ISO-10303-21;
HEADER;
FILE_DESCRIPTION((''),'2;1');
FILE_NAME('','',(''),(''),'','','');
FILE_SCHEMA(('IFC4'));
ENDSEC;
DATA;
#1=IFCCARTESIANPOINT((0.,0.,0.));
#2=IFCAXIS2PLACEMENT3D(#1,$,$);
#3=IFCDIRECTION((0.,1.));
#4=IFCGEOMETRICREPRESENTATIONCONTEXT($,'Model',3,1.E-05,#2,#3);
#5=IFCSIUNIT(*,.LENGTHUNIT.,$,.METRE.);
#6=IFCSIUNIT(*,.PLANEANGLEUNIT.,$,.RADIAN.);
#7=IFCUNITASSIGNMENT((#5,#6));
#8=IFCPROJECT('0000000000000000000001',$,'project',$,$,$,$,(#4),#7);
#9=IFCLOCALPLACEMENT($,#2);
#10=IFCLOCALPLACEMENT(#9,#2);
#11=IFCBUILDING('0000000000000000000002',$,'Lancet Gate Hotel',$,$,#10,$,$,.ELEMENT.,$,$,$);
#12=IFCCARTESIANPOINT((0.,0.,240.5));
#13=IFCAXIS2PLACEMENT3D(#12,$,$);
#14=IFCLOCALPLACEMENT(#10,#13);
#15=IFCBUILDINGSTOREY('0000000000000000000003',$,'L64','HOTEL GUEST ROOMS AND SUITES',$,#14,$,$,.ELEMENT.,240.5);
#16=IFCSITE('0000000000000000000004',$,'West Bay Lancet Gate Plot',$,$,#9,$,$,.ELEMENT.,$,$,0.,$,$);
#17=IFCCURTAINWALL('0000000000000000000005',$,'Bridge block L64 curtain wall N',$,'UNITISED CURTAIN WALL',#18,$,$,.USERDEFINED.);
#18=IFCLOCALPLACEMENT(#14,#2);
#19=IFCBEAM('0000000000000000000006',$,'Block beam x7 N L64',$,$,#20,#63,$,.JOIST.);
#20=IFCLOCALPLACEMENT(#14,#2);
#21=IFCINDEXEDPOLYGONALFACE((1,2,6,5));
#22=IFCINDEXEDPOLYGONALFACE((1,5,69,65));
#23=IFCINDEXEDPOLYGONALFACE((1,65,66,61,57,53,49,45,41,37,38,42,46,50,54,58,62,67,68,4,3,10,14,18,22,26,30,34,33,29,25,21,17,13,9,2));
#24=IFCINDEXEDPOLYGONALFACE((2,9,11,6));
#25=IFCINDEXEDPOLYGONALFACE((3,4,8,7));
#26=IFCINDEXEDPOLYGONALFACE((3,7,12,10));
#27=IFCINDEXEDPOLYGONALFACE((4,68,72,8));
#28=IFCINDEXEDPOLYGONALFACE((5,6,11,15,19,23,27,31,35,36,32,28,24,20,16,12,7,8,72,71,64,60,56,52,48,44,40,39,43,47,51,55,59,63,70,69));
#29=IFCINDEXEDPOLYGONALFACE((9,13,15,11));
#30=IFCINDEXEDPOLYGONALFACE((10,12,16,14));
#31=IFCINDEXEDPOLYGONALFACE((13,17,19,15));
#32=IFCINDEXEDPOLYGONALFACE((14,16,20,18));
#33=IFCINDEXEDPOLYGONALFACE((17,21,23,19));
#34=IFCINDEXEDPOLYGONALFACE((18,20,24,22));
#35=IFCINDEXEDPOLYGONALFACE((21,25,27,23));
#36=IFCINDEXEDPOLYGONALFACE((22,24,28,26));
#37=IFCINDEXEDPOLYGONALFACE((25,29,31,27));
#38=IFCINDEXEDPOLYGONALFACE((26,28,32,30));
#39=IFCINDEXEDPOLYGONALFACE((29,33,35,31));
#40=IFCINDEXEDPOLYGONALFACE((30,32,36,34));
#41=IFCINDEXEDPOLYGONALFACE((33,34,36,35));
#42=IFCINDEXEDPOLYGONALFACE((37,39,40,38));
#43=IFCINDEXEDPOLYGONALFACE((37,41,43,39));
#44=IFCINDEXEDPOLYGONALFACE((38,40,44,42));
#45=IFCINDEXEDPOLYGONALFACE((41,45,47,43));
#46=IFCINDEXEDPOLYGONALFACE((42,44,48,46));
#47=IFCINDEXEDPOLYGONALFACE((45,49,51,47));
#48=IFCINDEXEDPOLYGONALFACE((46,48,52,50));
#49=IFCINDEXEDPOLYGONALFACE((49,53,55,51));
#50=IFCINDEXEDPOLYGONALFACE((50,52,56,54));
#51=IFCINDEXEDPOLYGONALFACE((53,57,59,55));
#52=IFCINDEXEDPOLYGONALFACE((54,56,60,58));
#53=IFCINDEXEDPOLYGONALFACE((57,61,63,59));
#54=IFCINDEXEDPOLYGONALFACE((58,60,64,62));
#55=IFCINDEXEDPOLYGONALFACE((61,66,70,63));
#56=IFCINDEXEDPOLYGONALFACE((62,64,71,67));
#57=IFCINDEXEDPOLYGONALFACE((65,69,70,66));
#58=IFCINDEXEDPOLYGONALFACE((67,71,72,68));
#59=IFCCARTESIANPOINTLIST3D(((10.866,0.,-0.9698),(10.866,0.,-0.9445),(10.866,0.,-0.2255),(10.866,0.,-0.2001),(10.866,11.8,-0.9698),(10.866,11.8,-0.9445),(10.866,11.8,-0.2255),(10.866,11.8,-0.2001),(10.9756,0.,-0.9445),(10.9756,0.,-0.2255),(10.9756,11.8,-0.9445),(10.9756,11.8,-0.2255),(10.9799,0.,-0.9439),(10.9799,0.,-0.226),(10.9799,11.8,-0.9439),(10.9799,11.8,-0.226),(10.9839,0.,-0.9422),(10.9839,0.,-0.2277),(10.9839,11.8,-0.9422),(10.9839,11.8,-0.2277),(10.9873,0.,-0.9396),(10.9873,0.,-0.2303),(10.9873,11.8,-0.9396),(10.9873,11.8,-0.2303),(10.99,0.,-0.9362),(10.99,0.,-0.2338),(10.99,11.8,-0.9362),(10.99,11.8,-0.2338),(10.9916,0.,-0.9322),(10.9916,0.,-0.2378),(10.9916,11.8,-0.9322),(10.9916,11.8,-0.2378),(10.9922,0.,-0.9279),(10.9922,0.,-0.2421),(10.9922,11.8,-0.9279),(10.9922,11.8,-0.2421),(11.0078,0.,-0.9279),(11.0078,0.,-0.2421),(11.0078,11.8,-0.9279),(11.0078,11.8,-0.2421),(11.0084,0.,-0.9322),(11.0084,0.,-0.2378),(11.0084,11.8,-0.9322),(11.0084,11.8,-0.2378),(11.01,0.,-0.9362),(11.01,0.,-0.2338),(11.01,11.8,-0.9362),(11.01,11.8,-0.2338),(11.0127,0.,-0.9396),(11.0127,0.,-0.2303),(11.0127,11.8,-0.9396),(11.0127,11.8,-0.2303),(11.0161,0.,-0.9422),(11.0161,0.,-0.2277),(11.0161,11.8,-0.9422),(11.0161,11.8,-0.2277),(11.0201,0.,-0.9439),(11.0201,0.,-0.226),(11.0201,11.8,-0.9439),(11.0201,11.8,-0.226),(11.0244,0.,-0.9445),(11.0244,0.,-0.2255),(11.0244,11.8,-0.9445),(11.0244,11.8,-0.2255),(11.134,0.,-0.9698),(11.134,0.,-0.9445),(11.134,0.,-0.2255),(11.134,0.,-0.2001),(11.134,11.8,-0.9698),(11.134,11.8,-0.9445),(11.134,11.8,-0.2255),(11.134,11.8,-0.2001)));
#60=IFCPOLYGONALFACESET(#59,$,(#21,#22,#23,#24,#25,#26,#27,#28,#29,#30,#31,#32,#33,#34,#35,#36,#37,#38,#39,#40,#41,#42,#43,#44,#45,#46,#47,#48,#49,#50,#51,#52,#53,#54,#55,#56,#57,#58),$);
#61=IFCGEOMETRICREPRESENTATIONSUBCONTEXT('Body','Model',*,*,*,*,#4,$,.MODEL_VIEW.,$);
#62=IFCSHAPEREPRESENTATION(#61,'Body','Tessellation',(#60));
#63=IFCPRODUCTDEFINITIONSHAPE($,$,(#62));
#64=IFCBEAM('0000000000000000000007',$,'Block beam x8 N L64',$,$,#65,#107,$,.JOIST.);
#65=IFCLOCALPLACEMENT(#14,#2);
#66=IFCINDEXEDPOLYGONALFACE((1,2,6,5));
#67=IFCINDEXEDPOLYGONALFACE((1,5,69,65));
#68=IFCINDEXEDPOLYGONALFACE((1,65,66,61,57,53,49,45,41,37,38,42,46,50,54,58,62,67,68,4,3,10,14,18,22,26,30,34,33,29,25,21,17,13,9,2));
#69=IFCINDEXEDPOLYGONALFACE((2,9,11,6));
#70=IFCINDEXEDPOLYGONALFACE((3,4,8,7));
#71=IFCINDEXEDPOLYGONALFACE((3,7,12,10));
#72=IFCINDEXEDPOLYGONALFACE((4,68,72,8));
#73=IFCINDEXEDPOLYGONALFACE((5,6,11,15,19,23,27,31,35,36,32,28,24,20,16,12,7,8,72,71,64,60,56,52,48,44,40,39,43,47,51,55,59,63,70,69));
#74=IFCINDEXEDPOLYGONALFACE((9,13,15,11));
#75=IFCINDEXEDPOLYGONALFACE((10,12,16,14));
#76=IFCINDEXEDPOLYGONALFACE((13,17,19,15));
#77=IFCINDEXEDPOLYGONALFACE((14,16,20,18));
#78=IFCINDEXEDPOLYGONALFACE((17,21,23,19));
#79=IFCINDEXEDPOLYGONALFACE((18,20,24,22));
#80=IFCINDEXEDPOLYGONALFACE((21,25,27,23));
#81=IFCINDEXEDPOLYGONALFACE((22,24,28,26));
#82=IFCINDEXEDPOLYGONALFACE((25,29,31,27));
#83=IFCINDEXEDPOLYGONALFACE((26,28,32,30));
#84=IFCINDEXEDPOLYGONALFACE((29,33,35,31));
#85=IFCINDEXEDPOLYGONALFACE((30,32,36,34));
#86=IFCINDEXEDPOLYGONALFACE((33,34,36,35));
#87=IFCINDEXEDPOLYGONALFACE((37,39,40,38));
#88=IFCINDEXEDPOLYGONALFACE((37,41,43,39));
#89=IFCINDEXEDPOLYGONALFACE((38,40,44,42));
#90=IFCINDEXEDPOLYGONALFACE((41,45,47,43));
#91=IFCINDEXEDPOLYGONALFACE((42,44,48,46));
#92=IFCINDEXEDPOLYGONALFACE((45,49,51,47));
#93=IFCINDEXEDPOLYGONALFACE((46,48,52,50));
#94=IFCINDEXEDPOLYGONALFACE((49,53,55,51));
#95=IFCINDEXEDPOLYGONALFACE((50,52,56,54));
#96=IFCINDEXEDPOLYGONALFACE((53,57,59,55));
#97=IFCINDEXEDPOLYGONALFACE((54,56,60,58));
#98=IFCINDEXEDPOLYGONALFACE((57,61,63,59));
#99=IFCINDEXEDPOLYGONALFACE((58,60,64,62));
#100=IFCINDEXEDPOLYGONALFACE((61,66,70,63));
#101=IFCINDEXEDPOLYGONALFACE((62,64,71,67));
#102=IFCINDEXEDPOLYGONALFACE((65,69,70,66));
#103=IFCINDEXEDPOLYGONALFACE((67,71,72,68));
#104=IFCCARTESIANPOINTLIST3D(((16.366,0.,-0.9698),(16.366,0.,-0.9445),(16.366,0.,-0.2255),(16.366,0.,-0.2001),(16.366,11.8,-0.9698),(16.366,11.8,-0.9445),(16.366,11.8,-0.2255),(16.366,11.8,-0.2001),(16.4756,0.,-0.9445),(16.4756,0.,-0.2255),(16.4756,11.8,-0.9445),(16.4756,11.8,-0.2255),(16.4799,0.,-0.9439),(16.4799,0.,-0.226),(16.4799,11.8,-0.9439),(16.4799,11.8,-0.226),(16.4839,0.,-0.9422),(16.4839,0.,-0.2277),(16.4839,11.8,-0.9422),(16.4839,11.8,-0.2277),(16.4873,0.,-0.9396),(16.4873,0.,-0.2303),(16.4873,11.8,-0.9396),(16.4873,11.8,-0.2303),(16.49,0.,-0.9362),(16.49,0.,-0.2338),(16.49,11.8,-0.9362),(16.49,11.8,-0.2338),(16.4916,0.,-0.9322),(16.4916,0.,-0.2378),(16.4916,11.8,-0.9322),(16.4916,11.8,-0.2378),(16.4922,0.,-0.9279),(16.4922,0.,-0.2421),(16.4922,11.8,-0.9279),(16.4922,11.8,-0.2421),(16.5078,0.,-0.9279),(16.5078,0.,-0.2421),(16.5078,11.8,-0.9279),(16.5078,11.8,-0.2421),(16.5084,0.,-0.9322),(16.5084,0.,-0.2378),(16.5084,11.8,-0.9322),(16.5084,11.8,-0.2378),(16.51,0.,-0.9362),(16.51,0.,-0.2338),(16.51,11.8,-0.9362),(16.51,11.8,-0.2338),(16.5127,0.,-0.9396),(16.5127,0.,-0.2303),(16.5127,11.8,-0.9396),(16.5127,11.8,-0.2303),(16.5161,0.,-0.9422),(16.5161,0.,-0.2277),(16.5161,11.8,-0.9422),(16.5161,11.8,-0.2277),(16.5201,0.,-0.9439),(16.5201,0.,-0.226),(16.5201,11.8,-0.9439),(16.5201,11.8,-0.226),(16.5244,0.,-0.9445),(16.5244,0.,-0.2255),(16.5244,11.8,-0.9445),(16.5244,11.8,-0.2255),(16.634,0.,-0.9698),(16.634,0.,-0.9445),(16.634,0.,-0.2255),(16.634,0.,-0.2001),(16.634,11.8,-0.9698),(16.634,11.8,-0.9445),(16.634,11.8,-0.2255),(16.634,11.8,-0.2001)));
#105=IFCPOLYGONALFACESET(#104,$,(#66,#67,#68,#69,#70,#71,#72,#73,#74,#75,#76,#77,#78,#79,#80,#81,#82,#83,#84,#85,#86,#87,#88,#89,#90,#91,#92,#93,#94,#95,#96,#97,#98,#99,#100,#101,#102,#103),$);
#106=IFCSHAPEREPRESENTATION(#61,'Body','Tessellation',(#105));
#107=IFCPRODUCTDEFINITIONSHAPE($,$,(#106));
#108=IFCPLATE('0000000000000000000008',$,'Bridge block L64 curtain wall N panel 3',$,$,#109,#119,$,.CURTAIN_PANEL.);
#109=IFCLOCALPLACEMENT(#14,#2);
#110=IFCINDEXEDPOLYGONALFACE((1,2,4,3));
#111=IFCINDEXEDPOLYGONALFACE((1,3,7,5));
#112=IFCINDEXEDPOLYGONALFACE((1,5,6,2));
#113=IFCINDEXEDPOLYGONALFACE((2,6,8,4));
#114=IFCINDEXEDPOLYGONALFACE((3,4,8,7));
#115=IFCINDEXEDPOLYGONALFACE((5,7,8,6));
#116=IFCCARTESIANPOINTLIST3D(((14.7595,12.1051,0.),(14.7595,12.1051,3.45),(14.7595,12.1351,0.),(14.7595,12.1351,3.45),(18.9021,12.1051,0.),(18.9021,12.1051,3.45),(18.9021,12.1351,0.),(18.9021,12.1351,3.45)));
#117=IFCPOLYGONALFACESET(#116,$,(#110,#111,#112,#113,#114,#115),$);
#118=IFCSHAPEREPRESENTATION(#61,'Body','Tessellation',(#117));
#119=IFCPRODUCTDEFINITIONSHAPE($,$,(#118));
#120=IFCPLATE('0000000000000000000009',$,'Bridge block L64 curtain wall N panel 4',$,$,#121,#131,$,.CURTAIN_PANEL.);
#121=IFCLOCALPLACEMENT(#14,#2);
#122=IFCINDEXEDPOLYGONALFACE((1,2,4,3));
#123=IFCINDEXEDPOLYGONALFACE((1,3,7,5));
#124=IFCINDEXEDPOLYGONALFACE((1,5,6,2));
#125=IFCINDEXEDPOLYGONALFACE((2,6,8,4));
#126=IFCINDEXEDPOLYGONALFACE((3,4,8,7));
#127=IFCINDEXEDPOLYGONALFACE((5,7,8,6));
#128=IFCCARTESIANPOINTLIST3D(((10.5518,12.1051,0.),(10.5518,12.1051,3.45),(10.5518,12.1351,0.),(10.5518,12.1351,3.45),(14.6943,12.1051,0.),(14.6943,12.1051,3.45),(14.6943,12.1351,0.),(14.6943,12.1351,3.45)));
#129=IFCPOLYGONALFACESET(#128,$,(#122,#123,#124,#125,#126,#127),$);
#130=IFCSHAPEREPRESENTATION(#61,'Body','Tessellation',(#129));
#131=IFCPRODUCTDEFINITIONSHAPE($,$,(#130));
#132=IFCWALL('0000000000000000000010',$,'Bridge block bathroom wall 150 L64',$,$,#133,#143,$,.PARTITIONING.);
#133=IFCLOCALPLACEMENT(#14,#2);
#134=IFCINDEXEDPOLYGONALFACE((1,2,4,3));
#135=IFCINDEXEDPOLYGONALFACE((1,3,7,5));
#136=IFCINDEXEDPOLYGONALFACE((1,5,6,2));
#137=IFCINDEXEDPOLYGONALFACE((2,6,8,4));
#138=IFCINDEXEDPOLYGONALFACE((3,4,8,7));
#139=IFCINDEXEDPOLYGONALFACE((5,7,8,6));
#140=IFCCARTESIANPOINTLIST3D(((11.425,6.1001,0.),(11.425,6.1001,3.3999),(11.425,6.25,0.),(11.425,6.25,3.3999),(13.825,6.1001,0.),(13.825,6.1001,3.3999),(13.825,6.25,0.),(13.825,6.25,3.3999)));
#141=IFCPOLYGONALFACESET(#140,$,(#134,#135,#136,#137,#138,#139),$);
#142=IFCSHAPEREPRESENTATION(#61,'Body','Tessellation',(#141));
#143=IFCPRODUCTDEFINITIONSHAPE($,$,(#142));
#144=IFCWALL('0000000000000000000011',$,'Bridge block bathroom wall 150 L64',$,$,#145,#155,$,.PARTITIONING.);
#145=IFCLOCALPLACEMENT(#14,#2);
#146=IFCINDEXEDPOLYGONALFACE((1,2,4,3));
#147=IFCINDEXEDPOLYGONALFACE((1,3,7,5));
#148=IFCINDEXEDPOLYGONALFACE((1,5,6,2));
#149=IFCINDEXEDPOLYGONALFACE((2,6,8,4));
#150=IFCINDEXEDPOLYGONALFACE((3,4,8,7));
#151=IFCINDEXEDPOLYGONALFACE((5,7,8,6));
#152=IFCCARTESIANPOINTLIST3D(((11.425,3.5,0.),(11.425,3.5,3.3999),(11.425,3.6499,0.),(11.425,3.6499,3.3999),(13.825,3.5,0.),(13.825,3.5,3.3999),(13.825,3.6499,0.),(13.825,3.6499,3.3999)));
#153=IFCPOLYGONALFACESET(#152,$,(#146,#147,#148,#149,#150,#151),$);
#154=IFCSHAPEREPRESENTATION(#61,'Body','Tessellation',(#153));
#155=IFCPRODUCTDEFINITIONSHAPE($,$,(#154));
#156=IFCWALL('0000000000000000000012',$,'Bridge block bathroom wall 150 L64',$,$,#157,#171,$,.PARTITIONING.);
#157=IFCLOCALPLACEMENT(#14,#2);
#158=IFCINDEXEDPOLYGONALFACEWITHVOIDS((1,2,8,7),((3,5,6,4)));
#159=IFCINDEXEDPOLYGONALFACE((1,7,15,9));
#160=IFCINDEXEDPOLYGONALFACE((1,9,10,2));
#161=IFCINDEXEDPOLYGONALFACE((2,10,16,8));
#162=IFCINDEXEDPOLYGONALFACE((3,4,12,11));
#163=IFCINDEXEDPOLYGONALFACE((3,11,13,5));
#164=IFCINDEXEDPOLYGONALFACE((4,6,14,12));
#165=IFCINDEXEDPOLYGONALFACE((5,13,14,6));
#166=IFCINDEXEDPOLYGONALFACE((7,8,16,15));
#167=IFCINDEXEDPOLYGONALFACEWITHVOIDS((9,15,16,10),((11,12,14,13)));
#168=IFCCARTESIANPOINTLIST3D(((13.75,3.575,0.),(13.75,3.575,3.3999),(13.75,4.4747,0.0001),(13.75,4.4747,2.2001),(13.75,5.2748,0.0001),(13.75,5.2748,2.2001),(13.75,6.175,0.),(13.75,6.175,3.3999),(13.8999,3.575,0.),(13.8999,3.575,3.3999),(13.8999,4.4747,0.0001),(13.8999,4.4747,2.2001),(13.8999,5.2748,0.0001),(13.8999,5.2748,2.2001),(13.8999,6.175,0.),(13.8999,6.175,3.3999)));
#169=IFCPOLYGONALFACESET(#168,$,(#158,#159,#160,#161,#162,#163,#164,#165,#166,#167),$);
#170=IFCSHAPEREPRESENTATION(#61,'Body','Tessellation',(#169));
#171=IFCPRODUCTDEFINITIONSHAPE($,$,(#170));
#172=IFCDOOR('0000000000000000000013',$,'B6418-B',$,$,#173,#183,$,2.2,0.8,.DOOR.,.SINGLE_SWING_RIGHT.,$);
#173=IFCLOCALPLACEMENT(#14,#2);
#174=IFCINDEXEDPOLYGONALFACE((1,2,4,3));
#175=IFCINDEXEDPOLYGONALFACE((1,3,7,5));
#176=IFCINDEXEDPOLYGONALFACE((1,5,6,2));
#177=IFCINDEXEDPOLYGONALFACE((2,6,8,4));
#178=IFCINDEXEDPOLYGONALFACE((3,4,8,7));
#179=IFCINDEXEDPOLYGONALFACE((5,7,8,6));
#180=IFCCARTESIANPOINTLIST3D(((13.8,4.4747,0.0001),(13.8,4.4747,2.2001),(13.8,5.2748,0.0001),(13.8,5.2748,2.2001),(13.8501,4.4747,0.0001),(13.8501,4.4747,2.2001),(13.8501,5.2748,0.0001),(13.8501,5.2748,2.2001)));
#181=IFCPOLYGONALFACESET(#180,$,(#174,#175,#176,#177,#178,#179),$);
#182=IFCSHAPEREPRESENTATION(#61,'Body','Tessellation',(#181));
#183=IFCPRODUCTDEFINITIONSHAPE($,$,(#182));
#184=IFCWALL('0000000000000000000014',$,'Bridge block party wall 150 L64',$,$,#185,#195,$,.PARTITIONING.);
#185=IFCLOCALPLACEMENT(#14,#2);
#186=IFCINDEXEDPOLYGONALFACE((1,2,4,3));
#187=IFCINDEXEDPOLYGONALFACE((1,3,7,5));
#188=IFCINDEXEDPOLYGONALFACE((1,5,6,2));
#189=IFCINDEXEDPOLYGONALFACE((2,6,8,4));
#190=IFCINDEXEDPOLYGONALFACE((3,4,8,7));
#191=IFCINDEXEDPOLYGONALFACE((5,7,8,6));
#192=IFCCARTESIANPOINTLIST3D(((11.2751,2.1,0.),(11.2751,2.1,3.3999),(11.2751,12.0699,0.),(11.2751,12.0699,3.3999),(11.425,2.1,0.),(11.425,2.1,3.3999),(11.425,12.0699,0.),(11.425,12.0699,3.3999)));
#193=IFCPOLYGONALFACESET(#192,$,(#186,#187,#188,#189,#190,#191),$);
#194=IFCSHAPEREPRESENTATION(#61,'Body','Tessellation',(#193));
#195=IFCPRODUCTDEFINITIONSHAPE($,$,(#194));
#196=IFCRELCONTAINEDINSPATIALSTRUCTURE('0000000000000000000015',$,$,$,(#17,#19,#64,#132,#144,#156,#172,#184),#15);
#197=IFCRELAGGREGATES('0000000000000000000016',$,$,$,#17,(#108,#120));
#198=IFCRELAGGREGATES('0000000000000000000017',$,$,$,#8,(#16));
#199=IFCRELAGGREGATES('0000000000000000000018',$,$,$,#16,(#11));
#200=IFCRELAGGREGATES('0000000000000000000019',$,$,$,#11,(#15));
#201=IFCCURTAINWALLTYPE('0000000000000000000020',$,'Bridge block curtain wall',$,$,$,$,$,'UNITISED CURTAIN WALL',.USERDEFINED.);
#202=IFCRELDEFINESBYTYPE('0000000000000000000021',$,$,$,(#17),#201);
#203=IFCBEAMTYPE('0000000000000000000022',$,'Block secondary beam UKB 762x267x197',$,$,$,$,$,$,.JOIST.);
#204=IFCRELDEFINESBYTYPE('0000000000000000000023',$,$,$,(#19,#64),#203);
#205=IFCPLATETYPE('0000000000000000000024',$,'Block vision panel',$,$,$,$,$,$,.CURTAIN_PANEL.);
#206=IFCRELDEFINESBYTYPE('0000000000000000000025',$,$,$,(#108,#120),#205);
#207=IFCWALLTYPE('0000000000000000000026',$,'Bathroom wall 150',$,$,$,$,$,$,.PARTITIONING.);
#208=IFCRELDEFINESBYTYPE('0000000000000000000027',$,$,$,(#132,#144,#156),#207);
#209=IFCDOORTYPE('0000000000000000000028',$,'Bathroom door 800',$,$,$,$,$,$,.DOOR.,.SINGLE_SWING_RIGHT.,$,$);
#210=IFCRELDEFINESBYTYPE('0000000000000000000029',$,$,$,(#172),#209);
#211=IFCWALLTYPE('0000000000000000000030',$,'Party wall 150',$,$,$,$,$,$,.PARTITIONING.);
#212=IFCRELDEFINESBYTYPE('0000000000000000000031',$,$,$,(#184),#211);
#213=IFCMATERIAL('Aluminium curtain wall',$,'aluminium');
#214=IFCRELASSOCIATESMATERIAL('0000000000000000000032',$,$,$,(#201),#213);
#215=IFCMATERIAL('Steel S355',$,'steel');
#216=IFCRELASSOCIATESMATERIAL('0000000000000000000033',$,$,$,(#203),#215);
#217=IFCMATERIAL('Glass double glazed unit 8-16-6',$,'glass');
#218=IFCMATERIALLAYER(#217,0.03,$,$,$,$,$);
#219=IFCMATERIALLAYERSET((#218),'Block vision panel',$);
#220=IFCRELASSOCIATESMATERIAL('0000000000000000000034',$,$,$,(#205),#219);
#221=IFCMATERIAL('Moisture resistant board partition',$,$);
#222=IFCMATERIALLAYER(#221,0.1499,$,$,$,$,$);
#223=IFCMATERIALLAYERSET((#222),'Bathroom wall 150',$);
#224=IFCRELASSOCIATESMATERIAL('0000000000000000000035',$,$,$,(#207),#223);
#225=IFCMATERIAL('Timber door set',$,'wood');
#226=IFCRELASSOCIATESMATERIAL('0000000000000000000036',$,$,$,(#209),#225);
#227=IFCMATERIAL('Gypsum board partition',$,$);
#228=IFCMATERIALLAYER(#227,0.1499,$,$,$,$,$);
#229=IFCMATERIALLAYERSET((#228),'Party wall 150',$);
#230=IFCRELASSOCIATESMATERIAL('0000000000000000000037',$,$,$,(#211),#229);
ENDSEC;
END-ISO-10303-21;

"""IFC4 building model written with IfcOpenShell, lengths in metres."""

from ifc_helpers import new_model, si_unit, direction, frame, frame_2d, origin, origin_2d, place, context, subcontext, project, spatial, rectangle, i_section, extrude, material, layer, layer_set, material_profile, profile_set, type_object, element, fill, aggregate, save


model = new_model("IFC4")

# Units and contexts
model_context = context("Model", 3, precision=1e-05, world=origin(), true_north=direction((0.0, 1.0)))
body_context = subcontext(model_context, "Body", "Model", "MODEL_VIEW")
ifc_project = project(units=[si_unit("LENGTHUNIT", "METRE"), si_unit("PLANEANGLEUNIT", "RADIAN")], contexts=[model_context])

# Site, building, storey
site_placement = place(None, origin())
site = spatial("IfcSite", under=ifc_project, at=site_placement, Name="West Bay Lancet Gate Plot", CompositionType="ELEMENT", RefElevation=0.0)
building_placement = place(site_placement, origin())
building = spatial("IfcBuilding", under=site, at=building_placement, Name="Lancet Gate Hotel", CompositionType="ELEMENT")
storey_placement = place(building_placement, frame((0.0, 0.0, 240.5)))
storey = spatial("IfcBuildingStorey", under=building, at=storey_placement, Name="L64", Description="HOTEL GUEST ROOMS AND SUITES", CompositionType="ELEMENT", Elevation=240.5)

# Curtain wall
ifc_material_1 = material(Name="Aluminium curtain wall", Category="aluminium")
curtain_wall_type = type_object("IfcCurtainWallType", Name="Bridge block curtain wall", ElementType="UNITISED CURTAIN WALL", PredefinedType="USERDEFINED", material=ifc_material_1)
curtain_wall_placement = place(storey_placement, origin())
curtain_wall = element("IfcCurtainWall", 1, at=curtain_wall_placement, inside=storey, type_object=curtain_wall_type, Name="Bridge block L64 curtain wall N", ObjectType="UNITISED CURTAIN WALL", PredefinedType="USERDEFINED")

# Beams
ifc_material_2 = material(Name="Steel S355", Category="steel")
ifc_material_profile_1 = material_profile(ifc_material_2, i_section(OverallWidth=0.2681, OverallDepth=0.7698, WebThickness=0.0156, FlangeThickness=0.0254, FilletRadius=0.0166, at=origin_2d()), Name="UKB 762x267x197")
ifc_profile_set_1 = profile_set([ifc_material_profile_1], Name="Steel S355")
beam_type_1 = type_object("IfcBeamType", Name="Block secondary beam UKB 762x267x197", PredefinedType="JOIST", material=ifc_profile_set_1)
for number, where, z_axis, x_axis, name in (
    (2, (11.0, 0.0, -0.585), (0.0, 1.0, 0.0), (-1.0, 0.0, 0.0), "Block beam x7 N L64"),
    (3, (16.5, 0.0, -0.585), (0.0, 1.0, 0.0), (-1.0, 0.0, 0.0), "Block beam x8 N L64"),
):
    element("IfcBeam", number, at=place(storey_placement, frame(where, z_axis=z_axis, x_axis=x_axis)), inside=storey, type_object=beam_type_1, Name=name, PredefinedType="JOIST", context=body_context, shape_type="SweptSolid", body=[
        extrude(i_section(OverallWidth=0.2681, OverallDepth=0.7698, WebThickness=0.0156, FlangeThickness=0.0254, FilletRadius=0.0166, at=origin_2d()), origin(), (0.0, 0.0, 1.0), 11.8),
    ])

# Plates
ifc_material_3 = material(Name="Glass double glazed unit 8-16-6", Category="glass")
ifc_layer_1 = layer(ifc_material_3, 0.03)
ifc_layer_set_1 = layer_set([ifc_layer_1], Name="Block vision panel")
plate_type = type_object("IfcPlateType", Name="Block vision panel", PredefinedType="CURTAIN_PANEL", material=ifc_layer_set_1)
plate_1_placement = place(storey_placement, frame((16.8308, 12.1201, 0.0), z_axis=(0.0, 0.0, 1.0), x_axis=(-1.0, 0.0, 0.0)))
plate_1 = element("IfcPlate", 4, at=plate_1_placement, type_object=plate_type, Name="Bridge block L64 curtain wall N panel 3", PredefinedType="CURTAIN_PANEL", context=body_context, shape_type="SweptSolid", body=[
    extrude(rectangle(XDim=4.1426, YDim=0.03, at=origin_2d()), origin(), (0.0, 0.0, 1.0), 3.45),
])
plate_2_placement = place(storey_placement, frame((12.623, 12.1201, 0.0), z_axis=(0.0, 0.0, 1.0), x_axis=(-1.0, 0.0, 0.0)))
plate_2 = element("IfcPlate", 5, at=plate_2_placement, type_object=plate_type, Name="Bridge block L64 curtain wall N panel 4", PredefinedType="CURTAIN_PANEL", context=body_context, shape_type="SweptSolid", body=[
    extrude(rectangle(XDim=4.1426, YDim=0.03, at=origin_2d()), origin(), (0.0, 0.0, 1.0), 3.45),
])
aggregate(curtain_wall, [plate_1, plate_2])

# Walls
ifc_material_4 = material(Name="Moisture resistant board partition")
ifc_layer_2 = layer(ifc_material_4, 0.1499)
ifc_layer_set_2 = layer_set([ifc_layer_2], Name="Bathroom wall 150")
wall_type_1 = type_object("IfcWallType", Name="Bathroom wall 150", PredefinedType="PARTITIONING", material=ifc_layer_set_2)
for number, where, z_axis, x_axis, name in (
    (6, (11.425, 6.175, 0.0), (0.0, 0.0, 1.0), (1.0, 0.0, 0.0), "Bridge block bathroom wall 150 L64"),
    (7, (11.425, 3.575, 0.0), (0.0, 0.0, 1.0), (1.0, 0.0, 0.0), "Bridge block bathroom wall 150 L64"),
):
    element("IfcWall", number, at=place(storey_placement, frame(where, z_axis=z_axis, x_axis=x_axis)), inside=storey, type_object=wall_type_1, Name=name, PredefinedType="PARTITIONING", context=body_context, shape_type="SweptSolid", body=[
        extrude(rectangle(XDim=2.3999, YDim=0.1499, at=frame_2d((1.2, 0.0))), origin(), (0.0, 0.0, 1.0), 3.3999),
    ])

# Wall, opening, door
wall_1_placement = place(storey_placement, frame((13.825, 3.575, 0.0), z_axis=(0.0, 0.0, 1.0), x_axis=(0.0, 1.0, 0.0)))
wall_1 = element("IfcWall", 8, at=wall_1_placement, inside=storey, type_object=wall_type_1, Name="Bridge block bathroom wall 150 L64", PredefinedType="PARTITIONING", context=body_context, shape_type="SweptSolid", body=[
    extrude(rectangle(XDim=2.6001, YDim=0.1499, at=frame_2d((1.3, 0.0))), origin(), (0.0, 0.0, 1.0), 3.3999),
])
opening_placement = place(wall_1_placement, frame((0.8999, 0.0, 0.0)))
opening = element("IfcOpeningElement", 9, at=opening_placement, cuts=wall_1, PredefinedType="OPENING", context=body_context, shape_type="SweptSolid", body=[
    extrude(rectangle(XDim=0.8, YDim=2.2, at=frame_2d((0.3999, 1.1001))), frame((0.0, 0.085, 0.0), z_axis=(0.0, -1.0, 0.0), x_axis=(1.0, 0.0, 0.0)), (0.0, 0.0, 1.0), 0.1699),
])
ifc_material_5 = material(Name="Timber door set", Category="wood")
door_type = type_object("IfcDoorType", Name="Bathroom door 800", OperationType="SINGLE_SWING_RIGHT", PredefinedType="DOOR", material=ifc_material_5)
door_placement = place(opening_placement, origin())
door = element("IfcDoor", 10, at=door_placement, inside=storey, type_object=door_type, Name="B6418-B", OperationType="SINGLE_SWING_RIGHT", OverallHeight=2.2, OverallWidth=0.8, PredefinedType="DOOR", context=body_context, shape_type="SweptSolid", body=[
    extrude(rectangle(XDim=0.8, YDim=2.2, at=frame_2d((0.3999, 1.1001))), frame((0.0, 0.0249, 0.0), z_axis=(0.0, -1.0, 0.0), x_axis=(1.0, 0.0, 0.0)), (0.0, 0.0, 1.0), 0.05),
])
fill(opening, door)

# Wall
ifc_material_6 = material(Name="Gypsum board partition")
ifc_layer_3 = layer(ifc_material_6, 0.1499)
ifc_layer_set_3 = layer_set([ifc_layer_3], Name="Party wall 150")
wall_type_2 = type_object("IfcWallType", Name="Party wall 150", PredefinedType="PARTITIONING", material=ifc_layer_set_3)
wall_2_placement = place(storey_placement, frame((11.3501, 2.1001, 0.0), z_axis=(0.0, 0.0, 1.0), x_axis=(0.0, 1.0, 0.0)))
element("IfcWall", 11, at=wall_2_placement, inside=storey, type_object=wall_type_2, Name="Bridge block party wall 150 L64", PredefinedType="PARTITIONING", context=body_context, shape_type="SweptSolid", body=[
    extrude(rectangle(XDim=9.97, YDim=0.1499, at=frame_2d((4.9849, 0.0))), origin(), (0.0, 0.0, 1.0), 3.3999),
])

save(model, "model.ifc")
